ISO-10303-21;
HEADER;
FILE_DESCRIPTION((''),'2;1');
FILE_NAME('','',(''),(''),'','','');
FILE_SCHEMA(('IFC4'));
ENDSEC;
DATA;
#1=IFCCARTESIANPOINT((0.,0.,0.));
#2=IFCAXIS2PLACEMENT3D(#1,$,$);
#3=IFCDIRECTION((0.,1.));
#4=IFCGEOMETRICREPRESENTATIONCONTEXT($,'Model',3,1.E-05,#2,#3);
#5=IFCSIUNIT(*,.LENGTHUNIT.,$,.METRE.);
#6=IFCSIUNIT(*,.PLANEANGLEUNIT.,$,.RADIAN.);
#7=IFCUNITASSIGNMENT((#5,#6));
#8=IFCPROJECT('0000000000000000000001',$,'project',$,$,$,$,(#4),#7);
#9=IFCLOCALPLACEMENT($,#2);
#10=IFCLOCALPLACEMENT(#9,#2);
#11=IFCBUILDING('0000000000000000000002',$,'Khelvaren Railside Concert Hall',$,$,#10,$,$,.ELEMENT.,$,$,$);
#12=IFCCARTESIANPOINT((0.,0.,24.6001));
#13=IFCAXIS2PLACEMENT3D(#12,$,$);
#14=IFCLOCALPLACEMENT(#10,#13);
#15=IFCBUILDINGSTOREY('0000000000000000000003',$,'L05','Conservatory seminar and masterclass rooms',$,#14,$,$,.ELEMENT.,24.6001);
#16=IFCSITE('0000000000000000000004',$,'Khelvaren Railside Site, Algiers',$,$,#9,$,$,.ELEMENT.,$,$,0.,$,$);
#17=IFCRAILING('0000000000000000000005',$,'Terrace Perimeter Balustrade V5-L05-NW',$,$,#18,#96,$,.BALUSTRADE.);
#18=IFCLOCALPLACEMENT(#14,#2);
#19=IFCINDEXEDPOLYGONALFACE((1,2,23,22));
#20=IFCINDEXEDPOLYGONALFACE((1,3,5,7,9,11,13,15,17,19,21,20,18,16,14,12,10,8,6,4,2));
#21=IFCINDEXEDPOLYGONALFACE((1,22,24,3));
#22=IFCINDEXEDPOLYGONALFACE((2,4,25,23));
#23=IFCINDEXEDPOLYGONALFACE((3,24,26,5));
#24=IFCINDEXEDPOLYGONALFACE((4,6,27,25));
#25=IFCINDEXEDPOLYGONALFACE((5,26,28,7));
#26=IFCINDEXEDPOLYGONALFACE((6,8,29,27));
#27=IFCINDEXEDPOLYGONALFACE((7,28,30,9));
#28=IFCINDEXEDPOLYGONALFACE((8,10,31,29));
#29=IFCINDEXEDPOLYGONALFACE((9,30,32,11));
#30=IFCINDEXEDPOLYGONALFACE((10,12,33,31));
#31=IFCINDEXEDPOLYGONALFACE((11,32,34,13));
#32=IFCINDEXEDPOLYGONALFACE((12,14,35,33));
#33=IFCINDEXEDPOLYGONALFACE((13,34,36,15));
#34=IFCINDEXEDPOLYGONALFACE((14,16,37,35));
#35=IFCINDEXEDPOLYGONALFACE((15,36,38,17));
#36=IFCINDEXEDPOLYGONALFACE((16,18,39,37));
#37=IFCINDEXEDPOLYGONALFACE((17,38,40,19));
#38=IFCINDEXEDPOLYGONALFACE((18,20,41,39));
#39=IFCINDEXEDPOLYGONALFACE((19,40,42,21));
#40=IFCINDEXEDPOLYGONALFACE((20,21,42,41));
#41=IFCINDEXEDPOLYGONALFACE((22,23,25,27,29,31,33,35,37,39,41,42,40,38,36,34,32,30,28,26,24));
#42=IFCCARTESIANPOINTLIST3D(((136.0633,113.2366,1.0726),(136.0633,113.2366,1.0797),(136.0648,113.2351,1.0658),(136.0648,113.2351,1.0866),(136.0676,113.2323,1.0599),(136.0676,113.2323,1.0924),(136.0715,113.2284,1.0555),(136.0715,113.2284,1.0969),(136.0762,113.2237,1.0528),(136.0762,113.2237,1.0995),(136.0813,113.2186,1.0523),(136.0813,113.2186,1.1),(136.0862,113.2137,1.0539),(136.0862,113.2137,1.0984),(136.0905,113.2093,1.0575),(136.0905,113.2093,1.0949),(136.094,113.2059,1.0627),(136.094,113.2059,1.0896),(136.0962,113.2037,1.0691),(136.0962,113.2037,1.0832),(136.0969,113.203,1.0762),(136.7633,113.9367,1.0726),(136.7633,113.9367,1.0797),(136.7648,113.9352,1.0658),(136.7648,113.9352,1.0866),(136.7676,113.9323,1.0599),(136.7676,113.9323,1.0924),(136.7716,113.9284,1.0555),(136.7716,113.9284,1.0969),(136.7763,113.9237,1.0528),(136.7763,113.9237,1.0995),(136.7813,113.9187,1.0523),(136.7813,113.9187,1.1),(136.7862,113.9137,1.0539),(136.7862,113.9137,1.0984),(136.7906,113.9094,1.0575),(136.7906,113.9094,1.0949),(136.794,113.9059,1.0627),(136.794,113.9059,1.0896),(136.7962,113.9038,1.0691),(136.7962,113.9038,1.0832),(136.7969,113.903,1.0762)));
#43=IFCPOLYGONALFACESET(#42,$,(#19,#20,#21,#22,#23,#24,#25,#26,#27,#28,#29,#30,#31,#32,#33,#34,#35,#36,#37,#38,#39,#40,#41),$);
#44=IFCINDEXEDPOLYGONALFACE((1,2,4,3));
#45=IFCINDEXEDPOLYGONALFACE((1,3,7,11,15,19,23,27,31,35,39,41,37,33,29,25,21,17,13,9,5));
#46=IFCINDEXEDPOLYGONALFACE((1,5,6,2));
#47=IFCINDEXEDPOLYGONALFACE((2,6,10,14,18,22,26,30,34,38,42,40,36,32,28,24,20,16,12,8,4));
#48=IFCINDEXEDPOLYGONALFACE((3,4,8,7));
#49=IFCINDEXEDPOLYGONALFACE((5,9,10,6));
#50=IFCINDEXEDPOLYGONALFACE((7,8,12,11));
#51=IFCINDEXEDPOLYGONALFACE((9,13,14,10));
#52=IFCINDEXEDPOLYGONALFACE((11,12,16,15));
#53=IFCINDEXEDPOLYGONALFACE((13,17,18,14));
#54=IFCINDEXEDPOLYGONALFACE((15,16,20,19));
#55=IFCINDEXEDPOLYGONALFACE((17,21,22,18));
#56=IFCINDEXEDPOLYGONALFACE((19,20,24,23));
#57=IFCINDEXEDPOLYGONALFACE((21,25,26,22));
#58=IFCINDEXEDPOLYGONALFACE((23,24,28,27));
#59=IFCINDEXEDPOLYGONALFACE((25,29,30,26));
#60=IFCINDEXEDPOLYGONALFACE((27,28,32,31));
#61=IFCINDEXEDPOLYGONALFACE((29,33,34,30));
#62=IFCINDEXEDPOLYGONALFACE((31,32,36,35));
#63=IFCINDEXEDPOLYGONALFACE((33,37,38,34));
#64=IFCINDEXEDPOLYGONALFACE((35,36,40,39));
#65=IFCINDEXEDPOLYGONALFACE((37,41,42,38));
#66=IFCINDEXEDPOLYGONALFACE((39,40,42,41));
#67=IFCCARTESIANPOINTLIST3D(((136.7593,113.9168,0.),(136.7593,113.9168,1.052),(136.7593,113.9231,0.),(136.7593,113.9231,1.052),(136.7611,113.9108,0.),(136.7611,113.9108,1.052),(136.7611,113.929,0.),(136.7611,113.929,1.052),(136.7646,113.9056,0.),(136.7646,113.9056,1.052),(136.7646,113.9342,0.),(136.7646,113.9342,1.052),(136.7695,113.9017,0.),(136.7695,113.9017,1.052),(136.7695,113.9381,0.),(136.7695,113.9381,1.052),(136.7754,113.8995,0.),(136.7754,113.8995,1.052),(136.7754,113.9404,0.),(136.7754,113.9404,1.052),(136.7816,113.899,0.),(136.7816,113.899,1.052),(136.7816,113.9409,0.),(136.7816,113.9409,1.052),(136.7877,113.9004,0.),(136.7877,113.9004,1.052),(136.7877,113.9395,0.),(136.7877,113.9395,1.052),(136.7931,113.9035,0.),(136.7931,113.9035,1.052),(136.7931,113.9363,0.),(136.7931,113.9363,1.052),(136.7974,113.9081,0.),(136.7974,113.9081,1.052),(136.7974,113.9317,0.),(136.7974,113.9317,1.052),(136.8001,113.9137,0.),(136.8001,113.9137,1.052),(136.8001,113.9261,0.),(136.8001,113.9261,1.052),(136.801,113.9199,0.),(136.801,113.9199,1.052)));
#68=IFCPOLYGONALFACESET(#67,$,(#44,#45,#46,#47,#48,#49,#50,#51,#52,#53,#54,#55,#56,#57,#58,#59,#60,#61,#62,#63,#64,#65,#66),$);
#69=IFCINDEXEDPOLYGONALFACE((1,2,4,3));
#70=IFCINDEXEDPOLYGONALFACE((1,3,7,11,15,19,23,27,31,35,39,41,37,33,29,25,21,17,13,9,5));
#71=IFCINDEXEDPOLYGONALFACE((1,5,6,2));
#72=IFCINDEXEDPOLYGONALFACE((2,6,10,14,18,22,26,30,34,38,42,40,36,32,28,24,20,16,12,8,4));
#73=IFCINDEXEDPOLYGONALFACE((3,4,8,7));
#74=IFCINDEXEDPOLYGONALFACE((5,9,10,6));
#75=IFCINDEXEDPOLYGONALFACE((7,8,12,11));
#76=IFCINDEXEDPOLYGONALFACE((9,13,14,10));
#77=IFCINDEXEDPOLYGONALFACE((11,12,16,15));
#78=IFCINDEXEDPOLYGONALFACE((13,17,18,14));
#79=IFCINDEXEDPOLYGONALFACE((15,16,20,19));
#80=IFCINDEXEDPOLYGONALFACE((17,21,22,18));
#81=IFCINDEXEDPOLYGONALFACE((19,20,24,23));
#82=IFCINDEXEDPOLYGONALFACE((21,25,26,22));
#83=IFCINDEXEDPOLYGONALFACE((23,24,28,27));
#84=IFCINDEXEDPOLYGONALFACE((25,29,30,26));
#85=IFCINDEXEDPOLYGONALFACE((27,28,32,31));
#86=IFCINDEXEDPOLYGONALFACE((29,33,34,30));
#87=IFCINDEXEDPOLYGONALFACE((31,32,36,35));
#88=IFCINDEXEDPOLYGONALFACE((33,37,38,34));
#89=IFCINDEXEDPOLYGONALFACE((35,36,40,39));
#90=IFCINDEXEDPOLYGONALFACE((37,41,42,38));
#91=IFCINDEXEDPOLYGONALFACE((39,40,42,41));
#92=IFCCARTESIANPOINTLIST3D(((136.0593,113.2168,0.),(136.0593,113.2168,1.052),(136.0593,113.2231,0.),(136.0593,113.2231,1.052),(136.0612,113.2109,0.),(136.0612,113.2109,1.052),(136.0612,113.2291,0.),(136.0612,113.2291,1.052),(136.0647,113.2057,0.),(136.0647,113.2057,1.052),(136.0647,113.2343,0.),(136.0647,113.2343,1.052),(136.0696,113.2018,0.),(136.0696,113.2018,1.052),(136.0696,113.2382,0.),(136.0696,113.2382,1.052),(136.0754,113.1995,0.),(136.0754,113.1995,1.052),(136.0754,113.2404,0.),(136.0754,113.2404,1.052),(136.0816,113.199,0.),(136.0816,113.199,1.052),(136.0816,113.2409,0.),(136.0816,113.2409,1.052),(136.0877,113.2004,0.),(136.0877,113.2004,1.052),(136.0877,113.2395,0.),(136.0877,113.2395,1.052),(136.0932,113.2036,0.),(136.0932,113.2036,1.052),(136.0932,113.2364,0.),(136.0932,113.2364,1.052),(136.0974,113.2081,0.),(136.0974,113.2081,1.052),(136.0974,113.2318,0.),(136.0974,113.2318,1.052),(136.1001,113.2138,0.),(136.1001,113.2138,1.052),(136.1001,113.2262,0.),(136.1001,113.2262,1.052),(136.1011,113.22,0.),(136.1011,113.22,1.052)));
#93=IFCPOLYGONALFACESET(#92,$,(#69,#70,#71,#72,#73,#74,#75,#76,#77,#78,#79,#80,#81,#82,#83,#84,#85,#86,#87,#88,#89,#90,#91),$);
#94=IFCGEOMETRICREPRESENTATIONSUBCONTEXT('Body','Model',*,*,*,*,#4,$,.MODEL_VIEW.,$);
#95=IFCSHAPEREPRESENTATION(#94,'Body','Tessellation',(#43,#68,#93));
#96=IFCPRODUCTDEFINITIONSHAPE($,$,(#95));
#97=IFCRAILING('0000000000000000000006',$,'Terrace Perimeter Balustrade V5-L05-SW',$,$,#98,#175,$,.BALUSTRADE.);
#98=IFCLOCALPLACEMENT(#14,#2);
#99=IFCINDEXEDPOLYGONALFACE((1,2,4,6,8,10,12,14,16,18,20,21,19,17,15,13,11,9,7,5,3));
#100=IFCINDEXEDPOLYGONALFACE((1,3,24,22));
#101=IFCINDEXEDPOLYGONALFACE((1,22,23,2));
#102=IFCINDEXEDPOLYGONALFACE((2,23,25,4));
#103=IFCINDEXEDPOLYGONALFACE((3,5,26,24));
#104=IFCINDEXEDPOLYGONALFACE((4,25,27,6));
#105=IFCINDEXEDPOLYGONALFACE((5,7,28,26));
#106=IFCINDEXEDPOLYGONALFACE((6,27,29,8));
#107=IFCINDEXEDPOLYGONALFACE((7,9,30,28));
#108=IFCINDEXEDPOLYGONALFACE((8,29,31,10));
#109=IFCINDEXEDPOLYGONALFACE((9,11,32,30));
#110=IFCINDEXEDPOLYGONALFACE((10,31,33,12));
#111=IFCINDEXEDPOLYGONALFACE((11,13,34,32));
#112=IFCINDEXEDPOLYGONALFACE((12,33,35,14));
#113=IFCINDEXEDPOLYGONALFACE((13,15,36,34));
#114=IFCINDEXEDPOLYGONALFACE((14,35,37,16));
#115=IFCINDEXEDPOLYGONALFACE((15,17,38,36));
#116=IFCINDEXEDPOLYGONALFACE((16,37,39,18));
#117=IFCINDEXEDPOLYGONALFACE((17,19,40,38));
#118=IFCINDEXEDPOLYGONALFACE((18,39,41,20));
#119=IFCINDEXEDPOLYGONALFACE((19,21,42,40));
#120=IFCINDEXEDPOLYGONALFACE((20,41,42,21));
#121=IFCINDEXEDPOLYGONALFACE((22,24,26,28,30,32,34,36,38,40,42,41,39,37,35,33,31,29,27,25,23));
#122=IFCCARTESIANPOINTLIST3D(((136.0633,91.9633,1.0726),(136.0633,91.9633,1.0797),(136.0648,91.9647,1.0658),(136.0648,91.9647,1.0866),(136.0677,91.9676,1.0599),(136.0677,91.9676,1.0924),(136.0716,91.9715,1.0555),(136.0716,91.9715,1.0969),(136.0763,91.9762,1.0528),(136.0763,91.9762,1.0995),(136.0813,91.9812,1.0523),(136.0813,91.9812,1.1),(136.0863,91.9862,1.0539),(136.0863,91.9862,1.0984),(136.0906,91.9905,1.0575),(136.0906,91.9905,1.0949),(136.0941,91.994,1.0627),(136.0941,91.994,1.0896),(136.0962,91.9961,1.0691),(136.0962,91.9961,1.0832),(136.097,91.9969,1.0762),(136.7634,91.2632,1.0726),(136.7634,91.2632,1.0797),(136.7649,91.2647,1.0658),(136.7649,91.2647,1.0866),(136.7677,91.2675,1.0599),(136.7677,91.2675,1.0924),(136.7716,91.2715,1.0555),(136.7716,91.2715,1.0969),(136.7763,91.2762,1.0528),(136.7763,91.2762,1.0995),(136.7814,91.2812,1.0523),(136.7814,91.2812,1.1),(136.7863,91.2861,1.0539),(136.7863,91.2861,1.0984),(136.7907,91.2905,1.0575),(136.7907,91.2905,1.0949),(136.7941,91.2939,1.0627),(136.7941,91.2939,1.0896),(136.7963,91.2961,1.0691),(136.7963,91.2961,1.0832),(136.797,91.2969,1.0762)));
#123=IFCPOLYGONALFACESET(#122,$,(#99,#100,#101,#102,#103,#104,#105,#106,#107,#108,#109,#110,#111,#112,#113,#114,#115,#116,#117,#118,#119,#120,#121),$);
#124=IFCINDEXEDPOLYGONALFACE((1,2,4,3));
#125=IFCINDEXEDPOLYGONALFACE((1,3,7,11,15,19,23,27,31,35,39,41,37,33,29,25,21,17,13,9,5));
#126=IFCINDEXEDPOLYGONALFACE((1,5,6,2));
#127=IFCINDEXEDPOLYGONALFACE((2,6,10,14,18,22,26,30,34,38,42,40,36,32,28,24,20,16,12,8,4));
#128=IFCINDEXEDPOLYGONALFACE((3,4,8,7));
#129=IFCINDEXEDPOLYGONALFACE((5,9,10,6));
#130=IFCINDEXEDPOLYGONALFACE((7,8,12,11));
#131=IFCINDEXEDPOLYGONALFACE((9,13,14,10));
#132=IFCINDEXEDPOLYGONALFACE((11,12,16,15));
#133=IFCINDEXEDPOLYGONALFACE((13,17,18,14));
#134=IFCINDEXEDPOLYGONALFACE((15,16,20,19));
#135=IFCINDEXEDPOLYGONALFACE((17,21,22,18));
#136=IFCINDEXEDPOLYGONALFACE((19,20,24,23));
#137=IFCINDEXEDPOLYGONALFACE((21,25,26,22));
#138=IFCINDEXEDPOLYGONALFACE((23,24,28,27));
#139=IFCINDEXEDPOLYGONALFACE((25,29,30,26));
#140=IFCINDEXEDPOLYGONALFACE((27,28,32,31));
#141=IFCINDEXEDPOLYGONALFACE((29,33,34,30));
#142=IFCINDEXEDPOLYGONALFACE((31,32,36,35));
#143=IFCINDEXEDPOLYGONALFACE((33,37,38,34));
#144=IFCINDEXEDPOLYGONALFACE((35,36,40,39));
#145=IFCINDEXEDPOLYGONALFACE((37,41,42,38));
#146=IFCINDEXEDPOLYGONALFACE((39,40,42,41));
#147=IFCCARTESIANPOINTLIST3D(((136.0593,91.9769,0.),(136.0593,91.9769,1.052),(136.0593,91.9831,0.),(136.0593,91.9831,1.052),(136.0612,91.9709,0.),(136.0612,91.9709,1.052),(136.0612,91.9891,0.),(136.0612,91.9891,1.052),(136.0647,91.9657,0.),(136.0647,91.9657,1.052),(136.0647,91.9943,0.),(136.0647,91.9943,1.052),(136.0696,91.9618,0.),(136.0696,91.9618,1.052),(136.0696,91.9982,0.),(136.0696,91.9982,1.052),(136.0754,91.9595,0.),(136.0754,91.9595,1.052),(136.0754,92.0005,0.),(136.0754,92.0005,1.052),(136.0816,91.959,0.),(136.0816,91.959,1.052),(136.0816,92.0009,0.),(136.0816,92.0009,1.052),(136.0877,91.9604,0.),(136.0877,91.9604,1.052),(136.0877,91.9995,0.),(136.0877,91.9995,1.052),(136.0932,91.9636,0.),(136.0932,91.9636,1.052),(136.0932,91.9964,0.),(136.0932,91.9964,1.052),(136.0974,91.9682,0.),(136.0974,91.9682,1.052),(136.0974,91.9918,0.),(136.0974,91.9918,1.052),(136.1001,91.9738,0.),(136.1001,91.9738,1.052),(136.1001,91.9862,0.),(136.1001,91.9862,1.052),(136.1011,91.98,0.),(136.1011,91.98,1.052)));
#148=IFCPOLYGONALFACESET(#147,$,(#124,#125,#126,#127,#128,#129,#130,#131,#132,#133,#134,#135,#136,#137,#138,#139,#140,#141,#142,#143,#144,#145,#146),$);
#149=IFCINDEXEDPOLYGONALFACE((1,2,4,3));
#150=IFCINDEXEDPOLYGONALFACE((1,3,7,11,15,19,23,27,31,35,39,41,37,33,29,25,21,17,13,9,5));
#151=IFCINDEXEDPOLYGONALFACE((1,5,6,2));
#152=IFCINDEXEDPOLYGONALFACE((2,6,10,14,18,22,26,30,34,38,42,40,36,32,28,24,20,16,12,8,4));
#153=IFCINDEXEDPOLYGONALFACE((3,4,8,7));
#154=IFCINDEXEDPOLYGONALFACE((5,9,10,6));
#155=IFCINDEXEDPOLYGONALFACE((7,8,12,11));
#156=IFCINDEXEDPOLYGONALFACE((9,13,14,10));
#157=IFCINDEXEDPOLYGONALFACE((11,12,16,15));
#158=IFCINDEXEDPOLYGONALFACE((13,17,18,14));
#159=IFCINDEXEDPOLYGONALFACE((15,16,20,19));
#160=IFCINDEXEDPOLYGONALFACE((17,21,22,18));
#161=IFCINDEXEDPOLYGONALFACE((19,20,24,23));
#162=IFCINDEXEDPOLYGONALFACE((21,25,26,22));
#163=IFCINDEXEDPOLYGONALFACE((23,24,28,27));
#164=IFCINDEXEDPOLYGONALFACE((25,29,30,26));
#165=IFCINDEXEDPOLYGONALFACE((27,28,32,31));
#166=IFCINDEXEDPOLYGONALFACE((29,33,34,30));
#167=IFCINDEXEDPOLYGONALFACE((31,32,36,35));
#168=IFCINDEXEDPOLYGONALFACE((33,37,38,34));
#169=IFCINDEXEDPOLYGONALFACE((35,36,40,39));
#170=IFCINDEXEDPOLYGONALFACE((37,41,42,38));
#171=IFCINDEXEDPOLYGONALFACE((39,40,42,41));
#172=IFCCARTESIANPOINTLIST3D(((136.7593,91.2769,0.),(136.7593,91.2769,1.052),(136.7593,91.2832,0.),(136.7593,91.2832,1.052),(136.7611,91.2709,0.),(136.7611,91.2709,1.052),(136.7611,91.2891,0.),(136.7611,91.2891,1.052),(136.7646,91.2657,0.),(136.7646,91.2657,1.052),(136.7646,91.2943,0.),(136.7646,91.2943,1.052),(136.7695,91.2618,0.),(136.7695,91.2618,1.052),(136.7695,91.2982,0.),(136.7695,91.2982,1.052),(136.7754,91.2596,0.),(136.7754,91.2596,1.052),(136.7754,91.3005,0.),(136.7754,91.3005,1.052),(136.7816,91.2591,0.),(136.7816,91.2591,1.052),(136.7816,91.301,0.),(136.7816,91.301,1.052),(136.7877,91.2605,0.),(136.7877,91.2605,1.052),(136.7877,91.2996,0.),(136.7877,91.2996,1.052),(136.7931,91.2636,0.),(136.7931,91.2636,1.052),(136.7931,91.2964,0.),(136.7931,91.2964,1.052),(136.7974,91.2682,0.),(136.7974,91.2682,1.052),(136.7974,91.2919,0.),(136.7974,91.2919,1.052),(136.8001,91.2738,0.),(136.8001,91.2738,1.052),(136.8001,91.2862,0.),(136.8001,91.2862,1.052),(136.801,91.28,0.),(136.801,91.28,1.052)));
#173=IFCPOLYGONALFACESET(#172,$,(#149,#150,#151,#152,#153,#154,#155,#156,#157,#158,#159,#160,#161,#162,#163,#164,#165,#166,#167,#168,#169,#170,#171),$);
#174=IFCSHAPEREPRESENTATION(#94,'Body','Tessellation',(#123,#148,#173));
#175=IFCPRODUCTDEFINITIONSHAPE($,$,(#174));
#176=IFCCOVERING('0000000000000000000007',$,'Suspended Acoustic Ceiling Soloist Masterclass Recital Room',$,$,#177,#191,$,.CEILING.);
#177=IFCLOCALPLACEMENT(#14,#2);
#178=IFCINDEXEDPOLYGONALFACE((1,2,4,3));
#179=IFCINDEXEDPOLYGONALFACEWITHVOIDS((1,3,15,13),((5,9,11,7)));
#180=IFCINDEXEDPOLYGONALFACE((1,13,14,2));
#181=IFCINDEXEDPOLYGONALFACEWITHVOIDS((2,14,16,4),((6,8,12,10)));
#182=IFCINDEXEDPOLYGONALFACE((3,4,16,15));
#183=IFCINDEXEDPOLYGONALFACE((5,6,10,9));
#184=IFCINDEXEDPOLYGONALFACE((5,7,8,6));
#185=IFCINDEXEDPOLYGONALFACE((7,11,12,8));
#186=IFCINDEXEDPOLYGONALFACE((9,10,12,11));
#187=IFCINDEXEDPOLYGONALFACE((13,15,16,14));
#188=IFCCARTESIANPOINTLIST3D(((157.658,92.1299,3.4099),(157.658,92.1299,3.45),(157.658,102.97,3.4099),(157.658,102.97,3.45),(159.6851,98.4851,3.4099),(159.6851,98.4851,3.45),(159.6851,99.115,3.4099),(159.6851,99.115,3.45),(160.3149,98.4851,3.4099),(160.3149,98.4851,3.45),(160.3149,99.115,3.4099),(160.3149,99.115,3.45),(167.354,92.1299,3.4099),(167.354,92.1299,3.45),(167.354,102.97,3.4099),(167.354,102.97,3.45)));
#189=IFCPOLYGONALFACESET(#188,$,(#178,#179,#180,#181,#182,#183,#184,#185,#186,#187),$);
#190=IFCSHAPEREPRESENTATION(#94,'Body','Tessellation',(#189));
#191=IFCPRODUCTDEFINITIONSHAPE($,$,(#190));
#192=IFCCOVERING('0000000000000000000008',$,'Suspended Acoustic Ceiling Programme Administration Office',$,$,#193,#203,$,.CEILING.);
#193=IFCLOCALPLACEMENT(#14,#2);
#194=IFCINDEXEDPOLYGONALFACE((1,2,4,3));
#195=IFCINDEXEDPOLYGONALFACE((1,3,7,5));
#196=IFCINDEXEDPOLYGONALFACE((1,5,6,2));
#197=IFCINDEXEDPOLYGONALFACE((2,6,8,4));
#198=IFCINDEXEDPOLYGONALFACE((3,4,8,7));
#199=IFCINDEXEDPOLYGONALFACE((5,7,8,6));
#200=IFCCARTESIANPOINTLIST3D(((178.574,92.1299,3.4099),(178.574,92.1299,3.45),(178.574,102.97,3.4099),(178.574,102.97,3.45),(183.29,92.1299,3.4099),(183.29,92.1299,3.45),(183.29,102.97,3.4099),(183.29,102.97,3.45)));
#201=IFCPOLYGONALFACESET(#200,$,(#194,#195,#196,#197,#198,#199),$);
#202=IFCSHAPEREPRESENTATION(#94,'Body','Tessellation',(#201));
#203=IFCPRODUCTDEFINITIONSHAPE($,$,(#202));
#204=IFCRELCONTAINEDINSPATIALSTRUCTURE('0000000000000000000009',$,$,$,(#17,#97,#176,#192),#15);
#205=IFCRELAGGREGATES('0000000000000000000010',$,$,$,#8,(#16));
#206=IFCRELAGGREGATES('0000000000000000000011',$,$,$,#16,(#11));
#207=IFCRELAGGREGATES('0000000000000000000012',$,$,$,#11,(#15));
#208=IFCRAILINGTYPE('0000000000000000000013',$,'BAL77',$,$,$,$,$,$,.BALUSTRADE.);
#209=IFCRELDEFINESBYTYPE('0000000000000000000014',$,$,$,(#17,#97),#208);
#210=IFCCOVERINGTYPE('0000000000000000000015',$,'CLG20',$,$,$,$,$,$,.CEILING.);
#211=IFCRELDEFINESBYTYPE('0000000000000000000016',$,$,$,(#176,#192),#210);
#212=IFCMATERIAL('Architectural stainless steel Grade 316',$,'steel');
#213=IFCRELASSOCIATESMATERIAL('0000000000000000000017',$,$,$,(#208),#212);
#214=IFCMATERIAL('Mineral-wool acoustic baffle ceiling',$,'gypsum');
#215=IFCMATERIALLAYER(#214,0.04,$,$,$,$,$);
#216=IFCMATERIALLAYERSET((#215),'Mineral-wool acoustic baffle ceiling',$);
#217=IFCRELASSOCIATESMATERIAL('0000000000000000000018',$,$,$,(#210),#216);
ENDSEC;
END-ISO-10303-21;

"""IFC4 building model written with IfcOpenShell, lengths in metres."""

from ifc_helpers import new_model, si_unit, direction, frame, origin, origin_2d, place, context, subcontext, project, spatial, polyline, circle, outline, extrude, material, layer, layer_set, type_object, element, save


model = new_model("IFC4")

# Units and contexts
model_context = context("Model", 3, precision=1e-05, world=origin(), true_north=direction((0.0, 1.0)))
body_context = subcontext(model_context, "Body", "Model", "MODEL_VIEW")
ifc_project = project(units=[si_unit("LENGTHUNIT", "METRE"), si_unit("PLANEANGLEUNIT", "RADIAN")], contexts=[model_context])

# Site, building, storey
site_placement = place(None, origin())
site = spatial("IfcSite", under=ifc_project, at=site_placement, Name="Khelvaren Railside Site, Algiers", CompositionType="ELEMENT", RefElevation=0.0)
building_placement = place(site_placement, origin())
building = spatial("IfcBuilding", under=site, at=building_placement, Name="Khelvaren Railside Concert Hall", CompositionType="ELEMENT")
storey_placement = place(building_placement, frame((0.0, 0.0, 24.6001)))
storey = spatial("IfcBuildingStorey", under=building, at=storey_placement, Name="L05", Description="Conservatory seminar and masterclass rooms", CompositionType="ELEMENT", Elevation=24.6001)

# Railings
ifc_material_1 = material(Name="Architectural stainless steel Grade 316", Category="steel")
railing_type = type_object("IfcRailingType", Name="BAL77", PredefinedType="BALUSTRADE", material=ifc_material_1)
railing_1_placement = place(storey_placement, frame((136.78, 113.9199, 0.0)))
element("IfcRailing", 1, at=railing_1_placement, inside=storey, type_object=railing_type, Name="Terrace Perimeter Balustrade V5-L05-NW", PredefinedType="BALUSTRADE", context=body_context, shape_type="SweptSolid", body=[
    extrude(circle(Radius=0.0239, at=origin_2d()), frame((0.0, 0.0, 1.0762), z_axis=(-0.707107, -0.707107, 0.0), x_axis=(0.707107, -0.707107, 0.0)), (0.0, 0.0, 1.0), 0.99),
    extrude(circle(Radius=0.021, at=origin_2d()), origin(), (0.0, 0.0, 1.0), 1.052),
    extrude(circle(Radius=0.021, at=origin_2d()), frame((-0.7, -0.7, 0.0)), (0.0, 0.0, 1.0), 1.052),
])
railing_2_placement = place(storey_placement, frame((136.0801, 91.98, 0.0)))
element("IfcRailing", 2, at=railing_2_placement, inside=storey, type_object=railing_type, Name="Terrace Perimeter Balustrade V5-L05-SW", PredefinedType="BALUSTRADE", context=body_context, shape_type="SweptSolid", body=[
    extrude(circle(Radius=0.0239, at=origin_2d()), frame((0.0, 0.0, 1.0762), z_axis=(0.707107, -0.707107, 0.0), x_axis=(0.707107, 0.707107, 0.0)), (0.0, 0.0, 1.0), 0.99),
    extrude(circle(Radius=0.021, at=origin_2d()), origin(), (0.0, 0.0, 1.0), 1.052),
    extrude(circle(Radius=0.021, at=origin_2d()), frame((0.7, -0.7, 0.0)), (0.0, 0.0, 1.0), 1.052),
])

# Coverings
ifc_material_2 = material(Name="Mineral-wool acoustic baffle ceiling", Category="gypsum")
ifc_layer_1 = layer(ifc_material_2, 0.04)
ifc_layer_set_1 = layer_set([ifc_layer_1], Name="Mineral-wool acoustic baffle ceiling")
covering_type_1 = type_object("IfcCoveringType", Name="CLG20", PredefinedType="CEILING", material=ifc_layer_set_1)
covering_1_placement = place(storey_placement, frame((0.0, 0.0, 3.4099)))
element("IfcCovering", 3, at=covering_1_placement, inside=storey, type_object=covering_type_1, Name="Suspended Acoustic Ceiling Soloist Masterclass Recital Room", PredefinedType="CEILING", context=body_context, shape_type="SweptSolid", body=[
    extrude(outline(polyline([(157.658, 92.1299), (167.354, 92.1299), (167.354, 102.97), (157.658, 102.97), (157.658, 92.1299)]), holes=[polyline([(159.6851, 98.4851), (160.3149, 98.4851), (160.3149, 99.115), (159.6851, 99.115), (159.6851, 98.4851)])]), origin(), (0.0, 0.0, 1.0), 0.04),
])
covering_2_placement = place(storey_placement, frame((0.0, 0.0, 3.4099)))
element("IfcCovering", 4, at=covering_2_placement, inside=storey, type_object=covering_type_1, Name="Suspended Acoustic Ceiling Programme Administration Office", PredefinedType="CEILING", context=body_context, shape_type="SweptSolid", body=[
    extrude(outline(polyline([(178.574, 92.1299), (183.29, 92.1299), (183.29, 102.97), (178.574, 102.97), (178.574, 92.1299)])), origin(), (0.0, 0.0, 1.0), 0.04),
])

save(model, "model.ifc")
